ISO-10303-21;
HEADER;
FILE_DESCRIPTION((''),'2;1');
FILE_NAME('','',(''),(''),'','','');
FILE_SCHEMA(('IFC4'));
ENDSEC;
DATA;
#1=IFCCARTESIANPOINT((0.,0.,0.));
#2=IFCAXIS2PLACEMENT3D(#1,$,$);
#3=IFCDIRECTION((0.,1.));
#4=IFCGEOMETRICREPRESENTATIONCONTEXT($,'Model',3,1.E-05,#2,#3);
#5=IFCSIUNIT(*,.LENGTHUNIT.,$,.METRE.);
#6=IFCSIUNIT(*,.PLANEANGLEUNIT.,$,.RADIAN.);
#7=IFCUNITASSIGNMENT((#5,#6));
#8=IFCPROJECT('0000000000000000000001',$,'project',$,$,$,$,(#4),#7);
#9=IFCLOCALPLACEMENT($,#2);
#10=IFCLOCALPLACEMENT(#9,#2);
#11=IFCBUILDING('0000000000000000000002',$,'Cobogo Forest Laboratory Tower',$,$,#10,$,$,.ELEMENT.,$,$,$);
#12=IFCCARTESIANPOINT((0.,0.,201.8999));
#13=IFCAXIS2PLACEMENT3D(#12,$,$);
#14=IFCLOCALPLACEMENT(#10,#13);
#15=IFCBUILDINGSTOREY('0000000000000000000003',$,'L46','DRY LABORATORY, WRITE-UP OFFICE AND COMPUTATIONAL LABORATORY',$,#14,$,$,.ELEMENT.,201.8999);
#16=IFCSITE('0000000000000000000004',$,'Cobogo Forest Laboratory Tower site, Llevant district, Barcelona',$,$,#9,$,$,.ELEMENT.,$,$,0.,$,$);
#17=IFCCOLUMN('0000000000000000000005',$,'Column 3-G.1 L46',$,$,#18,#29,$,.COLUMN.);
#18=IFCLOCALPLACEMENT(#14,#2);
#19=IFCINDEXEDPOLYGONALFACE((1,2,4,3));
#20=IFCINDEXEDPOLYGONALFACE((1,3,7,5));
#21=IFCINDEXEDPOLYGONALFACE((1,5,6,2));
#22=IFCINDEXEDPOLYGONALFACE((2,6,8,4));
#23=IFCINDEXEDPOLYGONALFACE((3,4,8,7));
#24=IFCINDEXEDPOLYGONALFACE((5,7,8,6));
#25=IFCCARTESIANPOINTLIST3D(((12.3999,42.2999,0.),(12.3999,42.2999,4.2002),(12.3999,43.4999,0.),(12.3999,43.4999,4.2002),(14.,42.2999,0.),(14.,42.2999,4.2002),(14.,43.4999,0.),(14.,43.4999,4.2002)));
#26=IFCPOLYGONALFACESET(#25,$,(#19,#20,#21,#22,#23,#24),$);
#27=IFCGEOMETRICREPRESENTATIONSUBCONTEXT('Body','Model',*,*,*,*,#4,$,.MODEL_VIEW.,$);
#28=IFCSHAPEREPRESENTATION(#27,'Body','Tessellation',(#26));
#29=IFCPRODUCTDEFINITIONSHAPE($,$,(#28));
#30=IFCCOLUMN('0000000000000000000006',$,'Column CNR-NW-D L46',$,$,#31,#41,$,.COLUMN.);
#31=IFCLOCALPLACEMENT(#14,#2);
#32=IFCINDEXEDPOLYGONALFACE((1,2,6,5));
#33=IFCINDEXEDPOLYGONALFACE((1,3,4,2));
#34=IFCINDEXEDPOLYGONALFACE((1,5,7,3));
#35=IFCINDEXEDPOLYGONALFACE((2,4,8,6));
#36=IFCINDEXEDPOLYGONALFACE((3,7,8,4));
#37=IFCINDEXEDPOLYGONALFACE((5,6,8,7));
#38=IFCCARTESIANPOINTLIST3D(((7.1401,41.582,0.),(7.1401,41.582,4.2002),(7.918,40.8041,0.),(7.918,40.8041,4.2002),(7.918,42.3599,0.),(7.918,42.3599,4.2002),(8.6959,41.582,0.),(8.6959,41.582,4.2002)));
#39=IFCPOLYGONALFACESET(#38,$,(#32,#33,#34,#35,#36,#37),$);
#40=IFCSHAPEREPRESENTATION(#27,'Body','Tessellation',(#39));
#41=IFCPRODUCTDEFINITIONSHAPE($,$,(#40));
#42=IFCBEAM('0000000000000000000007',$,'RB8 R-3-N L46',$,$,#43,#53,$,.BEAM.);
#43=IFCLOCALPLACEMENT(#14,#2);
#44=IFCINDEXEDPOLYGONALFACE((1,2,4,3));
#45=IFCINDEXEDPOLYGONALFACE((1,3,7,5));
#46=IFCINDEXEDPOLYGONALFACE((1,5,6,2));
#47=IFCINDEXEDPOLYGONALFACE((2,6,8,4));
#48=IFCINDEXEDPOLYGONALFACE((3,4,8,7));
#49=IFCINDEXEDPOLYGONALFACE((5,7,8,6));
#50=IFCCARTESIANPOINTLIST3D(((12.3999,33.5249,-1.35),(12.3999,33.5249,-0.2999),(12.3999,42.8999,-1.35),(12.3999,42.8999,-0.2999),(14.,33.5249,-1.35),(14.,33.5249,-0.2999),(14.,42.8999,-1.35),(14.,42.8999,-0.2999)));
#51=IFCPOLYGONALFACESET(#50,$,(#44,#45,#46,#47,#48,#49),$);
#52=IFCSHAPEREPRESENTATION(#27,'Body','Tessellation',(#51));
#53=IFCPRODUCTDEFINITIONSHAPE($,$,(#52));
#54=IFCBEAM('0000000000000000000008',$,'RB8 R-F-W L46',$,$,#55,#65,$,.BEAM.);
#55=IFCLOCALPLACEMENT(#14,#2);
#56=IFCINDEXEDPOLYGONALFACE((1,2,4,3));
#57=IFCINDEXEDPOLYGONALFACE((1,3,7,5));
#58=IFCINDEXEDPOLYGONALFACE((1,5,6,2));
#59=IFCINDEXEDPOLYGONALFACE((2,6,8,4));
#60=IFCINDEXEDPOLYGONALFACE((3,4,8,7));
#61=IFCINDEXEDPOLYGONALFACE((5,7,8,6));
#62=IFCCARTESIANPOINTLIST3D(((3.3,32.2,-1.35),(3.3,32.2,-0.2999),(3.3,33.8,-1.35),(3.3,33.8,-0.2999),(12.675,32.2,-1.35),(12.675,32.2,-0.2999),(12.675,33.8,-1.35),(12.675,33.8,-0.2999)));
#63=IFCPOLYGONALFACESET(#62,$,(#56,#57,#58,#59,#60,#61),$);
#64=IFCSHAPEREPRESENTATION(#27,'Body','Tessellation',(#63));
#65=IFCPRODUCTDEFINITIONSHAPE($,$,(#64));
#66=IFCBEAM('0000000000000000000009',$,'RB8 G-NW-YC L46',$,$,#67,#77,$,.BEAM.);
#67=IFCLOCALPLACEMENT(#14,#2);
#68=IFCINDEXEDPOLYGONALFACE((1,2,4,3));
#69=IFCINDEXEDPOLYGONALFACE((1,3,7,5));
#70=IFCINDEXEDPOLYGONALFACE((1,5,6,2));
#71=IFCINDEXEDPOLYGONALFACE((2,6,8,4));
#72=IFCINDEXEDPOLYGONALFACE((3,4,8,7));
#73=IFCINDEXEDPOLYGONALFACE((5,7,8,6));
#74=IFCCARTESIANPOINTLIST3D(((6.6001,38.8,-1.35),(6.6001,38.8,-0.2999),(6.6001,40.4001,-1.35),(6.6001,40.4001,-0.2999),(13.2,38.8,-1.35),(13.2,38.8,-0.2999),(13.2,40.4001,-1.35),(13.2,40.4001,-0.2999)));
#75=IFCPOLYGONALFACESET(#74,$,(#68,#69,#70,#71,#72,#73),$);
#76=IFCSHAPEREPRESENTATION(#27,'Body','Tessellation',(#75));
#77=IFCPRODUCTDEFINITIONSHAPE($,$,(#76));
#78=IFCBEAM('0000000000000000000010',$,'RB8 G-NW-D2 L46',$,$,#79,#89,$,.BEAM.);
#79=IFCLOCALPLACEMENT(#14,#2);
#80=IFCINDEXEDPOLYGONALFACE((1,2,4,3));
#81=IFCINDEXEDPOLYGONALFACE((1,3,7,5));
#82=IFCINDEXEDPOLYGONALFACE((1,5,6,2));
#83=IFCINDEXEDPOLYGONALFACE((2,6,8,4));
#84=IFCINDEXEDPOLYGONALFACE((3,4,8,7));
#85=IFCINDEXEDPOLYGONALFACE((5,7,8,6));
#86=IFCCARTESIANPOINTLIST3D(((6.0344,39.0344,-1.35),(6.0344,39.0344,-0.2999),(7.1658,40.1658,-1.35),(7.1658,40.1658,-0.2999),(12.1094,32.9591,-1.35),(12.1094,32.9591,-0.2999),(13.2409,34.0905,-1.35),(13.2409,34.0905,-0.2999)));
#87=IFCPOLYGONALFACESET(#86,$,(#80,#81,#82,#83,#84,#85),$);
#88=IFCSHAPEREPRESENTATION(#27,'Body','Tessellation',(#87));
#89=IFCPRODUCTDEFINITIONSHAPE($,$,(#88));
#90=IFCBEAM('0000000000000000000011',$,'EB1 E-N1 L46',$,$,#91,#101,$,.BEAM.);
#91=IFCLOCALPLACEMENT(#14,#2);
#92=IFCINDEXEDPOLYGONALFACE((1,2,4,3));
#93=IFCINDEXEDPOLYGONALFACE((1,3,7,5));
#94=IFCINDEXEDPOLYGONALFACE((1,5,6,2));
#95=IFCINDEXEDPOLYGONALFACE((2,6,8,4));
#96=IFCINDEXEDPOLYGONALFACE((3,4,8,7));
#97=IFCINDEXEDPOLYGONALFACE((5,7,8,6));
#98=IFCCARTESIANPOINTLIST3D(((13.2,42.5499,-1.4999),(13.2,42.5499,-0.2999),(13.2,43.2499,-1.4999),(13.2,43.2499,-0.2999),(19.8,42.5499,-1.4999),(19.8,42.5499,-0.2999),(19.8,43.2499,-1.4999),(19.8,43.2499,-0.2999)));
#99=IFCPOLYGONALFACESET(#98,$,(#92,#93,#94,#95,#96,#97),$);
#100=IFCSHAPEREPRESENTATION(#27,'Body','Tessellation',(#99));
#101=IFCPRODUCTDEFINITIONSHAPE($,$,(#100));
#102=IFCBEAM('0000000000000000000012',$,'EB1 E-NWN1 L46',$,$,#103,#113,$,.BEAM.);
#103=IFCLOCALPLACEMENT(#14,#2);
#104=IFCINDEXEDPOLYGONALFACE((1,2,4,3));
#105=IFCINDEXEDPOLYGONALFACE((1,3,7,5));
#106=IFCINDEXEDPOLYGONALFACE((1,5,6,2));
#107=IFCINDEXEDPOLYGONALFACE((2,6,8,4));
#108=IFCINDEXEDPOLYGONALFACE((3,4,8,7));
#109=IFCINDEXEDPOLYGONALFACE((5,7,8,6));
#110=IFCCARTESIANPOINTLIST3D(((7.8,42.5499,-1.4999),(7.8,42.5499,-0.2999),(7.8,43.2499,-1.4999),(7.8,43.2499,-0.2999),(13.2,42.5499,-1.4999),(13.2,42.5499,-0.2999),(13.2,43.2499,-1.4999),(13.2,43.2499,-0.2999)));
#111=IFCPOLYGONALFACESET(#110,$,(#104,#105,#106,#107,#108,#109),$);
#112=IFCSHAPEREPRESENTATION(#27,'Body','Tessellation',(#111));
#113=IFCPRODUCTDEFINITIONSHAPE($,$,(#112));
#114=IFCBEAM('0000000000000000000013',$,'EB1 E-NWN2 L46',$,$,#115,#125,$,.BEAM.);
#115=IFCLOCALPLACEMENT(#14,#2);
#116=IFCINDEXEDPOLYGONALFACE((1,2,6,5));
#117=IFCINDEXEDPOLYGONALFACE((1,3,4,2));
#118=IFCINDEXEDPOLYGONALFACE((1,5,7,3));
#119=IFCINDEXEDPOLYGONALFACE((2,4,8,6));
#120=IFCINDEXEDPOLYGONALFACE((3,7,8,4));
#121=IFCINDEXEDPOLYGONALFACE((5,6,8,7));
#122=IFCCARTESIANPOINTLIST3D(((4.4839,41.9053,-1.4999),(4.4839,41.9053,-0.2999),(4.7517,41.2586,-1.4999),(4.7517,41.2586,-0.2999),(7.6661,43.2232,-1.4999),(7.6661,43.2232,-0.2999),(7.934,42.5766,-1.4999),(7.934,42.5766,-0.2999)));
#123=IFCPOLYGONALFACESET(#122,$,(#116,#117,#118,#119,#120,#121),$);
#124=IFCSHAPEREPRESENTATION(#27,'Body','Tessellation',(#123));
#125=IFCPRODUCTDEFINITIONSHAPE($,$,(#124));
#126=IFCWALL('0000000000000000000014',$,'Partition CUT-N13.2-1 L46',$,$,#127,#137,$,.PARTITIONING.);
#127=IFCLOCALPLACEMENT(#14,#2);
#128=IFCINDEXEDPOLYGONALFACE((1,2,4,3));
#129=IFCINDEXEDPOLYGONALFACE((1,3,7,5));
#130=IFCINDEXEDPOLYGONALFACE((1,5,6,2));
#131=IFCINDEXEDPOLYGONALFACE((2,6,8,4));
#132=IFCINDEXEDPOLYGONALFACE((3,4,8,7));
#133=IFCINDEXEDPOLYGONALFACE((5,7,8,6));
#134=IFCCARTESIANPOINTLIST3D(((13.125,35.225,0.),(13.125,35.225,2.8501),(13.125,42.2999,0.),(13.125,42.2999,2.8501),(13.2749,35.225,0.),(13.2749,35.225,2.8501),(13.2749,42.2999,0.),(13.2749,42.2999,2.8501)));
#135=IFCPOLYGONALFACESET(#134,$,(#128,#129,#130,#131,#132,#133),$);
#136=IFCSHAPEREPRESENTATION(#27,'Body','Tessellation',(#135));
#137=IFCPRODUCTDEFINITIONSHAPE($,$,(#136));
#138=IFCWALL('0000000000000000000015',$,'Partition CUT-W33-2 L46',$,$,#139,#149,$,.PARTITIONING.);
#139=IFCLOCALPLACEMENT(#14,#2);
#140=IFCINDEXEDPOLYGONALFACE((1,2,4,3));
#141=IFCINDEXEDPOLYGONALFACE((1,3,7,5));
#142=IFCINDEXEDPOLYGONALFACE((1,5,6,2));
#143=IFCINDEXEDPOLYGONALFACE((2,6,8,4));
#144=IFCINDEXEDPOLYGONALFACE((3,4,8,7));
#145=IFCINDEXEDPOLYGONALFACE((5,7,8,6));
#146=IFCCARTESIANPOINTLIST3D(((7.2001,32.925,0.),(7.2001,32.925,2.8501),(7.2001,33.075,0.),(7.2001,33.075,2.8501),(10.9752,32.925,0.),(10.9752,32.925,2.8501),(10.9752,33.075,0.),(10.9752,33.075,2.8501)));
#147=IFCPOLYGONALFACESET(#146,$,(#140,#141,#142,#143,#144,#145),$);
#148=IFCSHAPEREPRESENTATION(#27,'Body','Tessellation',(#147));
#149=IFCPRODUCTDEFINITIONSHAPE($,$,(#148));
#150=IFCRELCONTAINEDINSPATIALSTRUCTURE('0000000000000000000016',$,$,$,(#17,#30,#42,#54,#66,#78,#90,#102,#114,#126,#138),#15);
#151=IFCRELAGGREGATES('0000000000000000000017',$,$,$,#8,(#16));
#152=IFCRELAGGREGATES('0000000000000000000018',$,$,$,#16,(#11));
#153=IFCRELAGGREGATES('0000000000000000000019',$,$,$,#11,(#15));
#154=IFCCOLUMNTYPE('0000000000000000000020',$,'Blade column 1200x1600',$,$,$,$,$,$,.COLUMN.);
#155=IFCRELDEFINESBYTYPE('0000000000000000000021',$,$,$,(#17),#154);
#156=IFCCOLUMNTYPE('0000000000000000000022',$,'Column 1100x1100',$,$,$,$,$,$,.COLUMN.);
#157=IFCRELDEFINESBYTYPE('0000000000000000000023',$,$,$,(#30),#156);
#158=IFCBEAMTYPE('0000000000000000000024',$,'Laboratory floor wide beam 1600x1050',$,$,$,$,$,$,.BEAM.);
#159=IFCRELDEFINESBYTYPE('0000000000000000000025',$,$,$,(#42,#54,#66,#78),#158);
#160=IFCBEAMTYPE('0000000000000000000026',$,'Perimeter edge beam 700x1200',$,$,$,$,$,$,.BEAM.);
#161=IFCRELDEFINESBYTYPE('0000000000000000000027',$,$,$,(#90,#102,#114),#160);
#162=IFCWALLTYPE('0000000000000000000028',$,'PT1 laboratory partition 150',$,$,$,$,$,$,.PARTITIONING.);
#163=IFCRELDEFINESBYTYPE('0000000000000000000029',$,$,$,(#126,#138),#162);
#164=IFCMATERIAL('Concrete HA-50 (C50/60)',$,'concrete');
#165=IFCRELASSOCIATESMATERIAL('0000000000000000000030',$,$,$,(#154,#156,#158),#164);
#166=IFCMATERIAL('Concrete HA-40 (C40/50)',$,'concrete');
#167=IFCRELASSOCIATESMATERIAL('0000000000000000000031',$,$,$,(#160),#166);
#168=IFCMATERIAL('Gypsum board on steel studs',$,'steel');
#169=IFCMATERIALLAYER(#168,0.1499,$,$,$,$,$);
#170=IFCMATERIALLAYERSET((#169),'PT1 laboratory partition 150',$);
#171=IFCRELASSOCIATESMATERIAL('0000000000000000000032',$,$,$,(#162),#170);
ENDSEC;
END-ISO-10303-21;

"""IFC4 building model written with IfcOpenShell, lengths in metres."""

from ifc_helpers import new_model, si_unit, direction, frame, frame_2d, origin, origin_2d, place, context, subcontext, project, spatial, rectangle, extrude, material, layer, layer_set, material_profile, profile_set, type_object, element, save


model = new_model("IFC4")

# Units and contexts
model_context = context("Model", 3, precision=1e-05, world=origin(), true_north=direction((0.0, 1.0)))
body_context = subcontext(model_context, "Body", "Model", "MODEL_VIEW")
ifc_project = project(units=[si_unit("LENGTHUNIT", "METRE"), si_unit("PLANEANGLEUNIT", "RADIAN")], contexts=[model_context])

# Site, building, storey
site_placement = place(None, origin())
site = spatial("IfcSite", under=ifc_project, at=site_placement, Name="Cobogo Forest Laboratory Tower site, Llevant district, Barcelona", CompositionType="ELEMENT", RefElevation=0.0)
building_placement = place(site_placement, origin())
building = spatial("IfcBuilding", under=site, at=building_placement, Name="Cobogo Forest Laboratory Tower", CompositionType="ELEMENT")
storey_placement = place(building_placement, frame((0.0, 0.0, 201.8999)))
storey = spatial("IfcBuildingStorey", under=building, at=storey_placement, Name="L46", Description="DRY LABORATORY, WRITE-UP OFFICE AND COMPUTATIONAL LABORATORY", CompositionType="ELEMENT", Elevation=201.8999)

# Columns
ifc_material_1 = material(Name="Concrete HA-50 (C50/60)", Category="concrete")
ifc_material_profile_1 = material_profile(ifc_material_1, rectangle(XDim=1.6001, YDim=1.2, at=origin_2d()), Name="RC 1200x1600")
ifc_profile_set_1 = profile_set([ifc_material_profile_1], Name="Concrete HA-50 (C50/60)")
column_type_1 = type_object("IfcColumnType", Name="Blade column 1200x1600", PredefinedType="COLUMN", material=ifc_profile_set_1)
column_1_placement = place(storey_placement, frame((13.2, 42.8999, 0.0), z_axis=(0.0, 0.0, 1.0), x_axis=(1.0, 0.0, 0.0)))
element("IfcColumn", 1, at=column_1_placement, inside=storey, type_object=column_type_1, Name="Column 3-G.1 L46", PredefinedType="COLUMN", context=body_context, shape_type="SweptSolid", body=[
    extrude(rectangle(XDim=1.6001, YDim=1.2, at=origin_2d()), origin(), (0.0, 0.0, 1.0), 4.2002),
])
ifc_material_profile_2 = material_profile(ifc_material_1, rectangle(XDim=1.1001, YDim=1.1001, at=origin_2d()), Name="RC 1100x1100")
ifc_profile_set_2 = profile_set([ifc_material_profile_2], Name="Concrete HA-50 (C50/60)")
column_type_2 = type_object("IfcColumnType", Name="Column 1100x1100", PredefinedType="COLUMN", material=ifc_profile_set_2)
column_2_placement = place(storey_placement, frame((7.918, 41.582, 0.0), z_axis=(0.0, 0.0, 1.0), x_axis=(0.707107, 0.707107, 0.0)))
element("IfcColumn", 2, at=column_2_placement, inside=storey, type_object=column_type_2, Name="Column CNR-NW-D L46", PredefinedType="COLUMN", context=body_context, shape_type="SweptSolid", body=[
    extrude(rectangle(XDim=1.1001, YDim=1.1001, at=origin_2d()), origin(), (0.0, 0.0, 1.0), 4.2002),
])

# Beams
ifc_material_profile_3 = material_profile(ifc_material_1, rectangle(XDim=1.6001, YDim=1.05, at=origin_2d()), Name="RC 1600x1050")
ifc_profile_set_3 = profile_set([ifc_material_profile_3], Name="Concrete HA-50 (C50/60)")
beam_type_1 = type_object("IfcBeamType", Name="Laboratory floor wide beam 1600x1050", PredefinedType="BEAM", material=ifc_profile_set_3)
for number, where, z_axis, x_axis, name in (
    (3, (13.2, 33.5249, -0.825), (0.0, 1.0, 0.0), (-1.0, 0.0, 0.0), "RB8 R-3-N L46"),
    (4, (12.675, 33.0, -0.825), (-1.0, 0.0, 0.0), (0.0, -1.0, 0.0), "RB8 R-F-W L46"),
):
    element("IfcBeam", number, at=place(storey_placement, frame(where, z_axis=z_axis, x_axis=x_axis)), inside=storey, type_object=beam_type_1, Name=name, PredefinedType="BEAM", context=body_context, shape_type="SweptSolid", body=[
        extrude(rectangle(XDim=1.6001, YDim=1.05, at=origin_2d()), origin(), (0.0, 0.0, 1.0), 9.375),
    ])
beam_1_placement = place(storey_placement, frame((6.6001, 39.6001, -0.825), z_axis=(1.0, 0.0, 0.0), x_axis=(0.0, 1.0, 0.0)))
element("IfcBeam", 5, at=beam_1_placement, inside=storey, type_object=beam_type_1, Name="RB8 G-NW-YC L46", PredefinedType="BEAM", context=body_context, shape_type="SweptSolid", body=[
    extrude(rectangle(XDim=1.6001, YDim=1.05, at=origin_2d()), origin(), (0.0, 0.0, 1.0), 6.5999),
])
beam_2_placement = place(storey_placement, frame((6.6001, 39.6001, -0.825), z_axis=(0.707093, -0.707121, 0.0), x_axis=(0.707121, 0.707093, 0.0)))
element("IfcBeam", 6, at=beam_2_placement, inside=storey, type_object=beam_type_1, Name="RB8 G-NW-D2 L46", PredefinedType="BEAM", context=body_context, shape_type="SweptSolid", body=[
    extrude(rectangle(XDim=1.6001, YDim=1.05, at=origin_2d()), origin(), (0.0, 0.0, 1.0), 8.5916),
])
ifc_material_2 = material(Name="Concrete HA-40 (C40/50)", Category="concrete")
ifc_material_profile_4 = material_profile(ifc_material_2, rectangle(XDim=0.7, YDim=1.2, at=origin_2d()), Name="RC 700x1200")
ifc_profile_set_4 = profile_set([ifc_material_profile_4], Name="Concrete HA-40 (C40/50)")
beam_type_2 = type_object("IfcBeamType", Name="Perimeter edge beam 700x1200", PredefinedType="BEAM", material=ifc_profile_set_4)
beam_3_placement = place(storey_placement, frame((13.2, 42.8999, -0.8999), z_axis=(1.0, 0.0, 0.0), x_axis=(0.0, 1.0, 0.0)))
element("IfcBeam", 7, at=beam_3_placement, inside=storey, type_object=beam_type_2, Name="EB1 E-N1 L46", PredefinedType="BEAM", context=body_context, shape_type="SweptSolid", body=[
    extrude(rectangle(XDim=0.7, YDim=1.2, at=origin_2d()), origin(), (0.0, 0.0, 1.0), 6.6001),
])
beam_4_placement = place(storey_placement, frame((13.2, 42.8999, -0.8999), z_axis=(-1.0, 0.0, 0.0), x_axis=(0.0, -1.0, 0.0)))
element("IfcBeam", 8, at=beam_4_placement, inside=storey, type_object=beam_type_2, Name="EB1 E-NWN1 L46", PredefinedType="BEAM", context=body_context, shape_type="SweptSolid", body=[
    extrude(rectangle(XDim=0.7, YDim=1.2, at=origin_2d()), origin(), (0.0, 0.0, 1.0), 5.3999),
])
beam_5_placement = place(storey_placement, frame((7.8, 42.8999, -0.8999), z_axis=(-0.923901, -0.382631, 0.0), x_axis=(0.382631, -0.923901, 0.0)))
element("IfcBeam", 9, at=beam_5_placement, inside=storey, type_object=beam_type_2, Name="EB1 E-NWN2 L46", PredefinedType="BEAM", context=body_context, shape_type="SweptSolid", body=[
    extrude(rectangle(XDim=0.7, YDim=1.2, at=origin_2d()), origin(), (0.0, 0.0, 1.0), 3.4443),
])

# Walls
ifc_material_3 = material(Name="Gypsum board on steel studs", Category="steel")
ifc_layer_1 = layer(ifc_material_3, 0.1499)
ifc_layer_set_1 = layer_set([ifc_layer_1], Name="PT1 laboratory partition 150")
wall_type_1 = type_object("IfcWallType", Name="PT1 laboratory partition 150", PredefinedType="PARTITIONING", material=ifc_layer_set_1)
wall_1_placement = place(storey_placement, frame((13.2, 42.3, 0.0), z_axis=(0.0, 0.0, 1.0), x_axis=(0.0, -1.0, 0.0)))
element("IfcWall", 10, at=wall_1_placement, inside=storey, type_object=wall_type_1, Name="Partition CUT-N13.2-1 L46", PredefinedType="PARTITIONING", context=body_context, shape_type="SweptSolid", body=[
    extrude(rectangle(XDim=7.075, YDim=0.1499, at=frame_2d((3.5376, 0.0))), origin(), (0.0, 0.0, 1.0), 2.8501),
])
wall_2_placement = place(storey_placement, frame((7.2, 33.0, 0.0), z_axis=(0.0, 0.0, 1.0), x_axis=(1.0, 0.0, 0.0)))
element("IfcWall", 11, at=wall_2_placement, inside=storey, type_object=wall_type_1, Name="Partition CUT-W33-2 L46", PredefinedType="PARTITIONING", context=body_context, shape_type="SweptSolid", body=[
    extrude(rectangle(XDim=3.7751, YDim=0.1499, at=frame_2d((1.8877, 0.0))), origin(), (0.0, 0.0, 1.0), 2.8501),
])

save(model, "model.ifc")
